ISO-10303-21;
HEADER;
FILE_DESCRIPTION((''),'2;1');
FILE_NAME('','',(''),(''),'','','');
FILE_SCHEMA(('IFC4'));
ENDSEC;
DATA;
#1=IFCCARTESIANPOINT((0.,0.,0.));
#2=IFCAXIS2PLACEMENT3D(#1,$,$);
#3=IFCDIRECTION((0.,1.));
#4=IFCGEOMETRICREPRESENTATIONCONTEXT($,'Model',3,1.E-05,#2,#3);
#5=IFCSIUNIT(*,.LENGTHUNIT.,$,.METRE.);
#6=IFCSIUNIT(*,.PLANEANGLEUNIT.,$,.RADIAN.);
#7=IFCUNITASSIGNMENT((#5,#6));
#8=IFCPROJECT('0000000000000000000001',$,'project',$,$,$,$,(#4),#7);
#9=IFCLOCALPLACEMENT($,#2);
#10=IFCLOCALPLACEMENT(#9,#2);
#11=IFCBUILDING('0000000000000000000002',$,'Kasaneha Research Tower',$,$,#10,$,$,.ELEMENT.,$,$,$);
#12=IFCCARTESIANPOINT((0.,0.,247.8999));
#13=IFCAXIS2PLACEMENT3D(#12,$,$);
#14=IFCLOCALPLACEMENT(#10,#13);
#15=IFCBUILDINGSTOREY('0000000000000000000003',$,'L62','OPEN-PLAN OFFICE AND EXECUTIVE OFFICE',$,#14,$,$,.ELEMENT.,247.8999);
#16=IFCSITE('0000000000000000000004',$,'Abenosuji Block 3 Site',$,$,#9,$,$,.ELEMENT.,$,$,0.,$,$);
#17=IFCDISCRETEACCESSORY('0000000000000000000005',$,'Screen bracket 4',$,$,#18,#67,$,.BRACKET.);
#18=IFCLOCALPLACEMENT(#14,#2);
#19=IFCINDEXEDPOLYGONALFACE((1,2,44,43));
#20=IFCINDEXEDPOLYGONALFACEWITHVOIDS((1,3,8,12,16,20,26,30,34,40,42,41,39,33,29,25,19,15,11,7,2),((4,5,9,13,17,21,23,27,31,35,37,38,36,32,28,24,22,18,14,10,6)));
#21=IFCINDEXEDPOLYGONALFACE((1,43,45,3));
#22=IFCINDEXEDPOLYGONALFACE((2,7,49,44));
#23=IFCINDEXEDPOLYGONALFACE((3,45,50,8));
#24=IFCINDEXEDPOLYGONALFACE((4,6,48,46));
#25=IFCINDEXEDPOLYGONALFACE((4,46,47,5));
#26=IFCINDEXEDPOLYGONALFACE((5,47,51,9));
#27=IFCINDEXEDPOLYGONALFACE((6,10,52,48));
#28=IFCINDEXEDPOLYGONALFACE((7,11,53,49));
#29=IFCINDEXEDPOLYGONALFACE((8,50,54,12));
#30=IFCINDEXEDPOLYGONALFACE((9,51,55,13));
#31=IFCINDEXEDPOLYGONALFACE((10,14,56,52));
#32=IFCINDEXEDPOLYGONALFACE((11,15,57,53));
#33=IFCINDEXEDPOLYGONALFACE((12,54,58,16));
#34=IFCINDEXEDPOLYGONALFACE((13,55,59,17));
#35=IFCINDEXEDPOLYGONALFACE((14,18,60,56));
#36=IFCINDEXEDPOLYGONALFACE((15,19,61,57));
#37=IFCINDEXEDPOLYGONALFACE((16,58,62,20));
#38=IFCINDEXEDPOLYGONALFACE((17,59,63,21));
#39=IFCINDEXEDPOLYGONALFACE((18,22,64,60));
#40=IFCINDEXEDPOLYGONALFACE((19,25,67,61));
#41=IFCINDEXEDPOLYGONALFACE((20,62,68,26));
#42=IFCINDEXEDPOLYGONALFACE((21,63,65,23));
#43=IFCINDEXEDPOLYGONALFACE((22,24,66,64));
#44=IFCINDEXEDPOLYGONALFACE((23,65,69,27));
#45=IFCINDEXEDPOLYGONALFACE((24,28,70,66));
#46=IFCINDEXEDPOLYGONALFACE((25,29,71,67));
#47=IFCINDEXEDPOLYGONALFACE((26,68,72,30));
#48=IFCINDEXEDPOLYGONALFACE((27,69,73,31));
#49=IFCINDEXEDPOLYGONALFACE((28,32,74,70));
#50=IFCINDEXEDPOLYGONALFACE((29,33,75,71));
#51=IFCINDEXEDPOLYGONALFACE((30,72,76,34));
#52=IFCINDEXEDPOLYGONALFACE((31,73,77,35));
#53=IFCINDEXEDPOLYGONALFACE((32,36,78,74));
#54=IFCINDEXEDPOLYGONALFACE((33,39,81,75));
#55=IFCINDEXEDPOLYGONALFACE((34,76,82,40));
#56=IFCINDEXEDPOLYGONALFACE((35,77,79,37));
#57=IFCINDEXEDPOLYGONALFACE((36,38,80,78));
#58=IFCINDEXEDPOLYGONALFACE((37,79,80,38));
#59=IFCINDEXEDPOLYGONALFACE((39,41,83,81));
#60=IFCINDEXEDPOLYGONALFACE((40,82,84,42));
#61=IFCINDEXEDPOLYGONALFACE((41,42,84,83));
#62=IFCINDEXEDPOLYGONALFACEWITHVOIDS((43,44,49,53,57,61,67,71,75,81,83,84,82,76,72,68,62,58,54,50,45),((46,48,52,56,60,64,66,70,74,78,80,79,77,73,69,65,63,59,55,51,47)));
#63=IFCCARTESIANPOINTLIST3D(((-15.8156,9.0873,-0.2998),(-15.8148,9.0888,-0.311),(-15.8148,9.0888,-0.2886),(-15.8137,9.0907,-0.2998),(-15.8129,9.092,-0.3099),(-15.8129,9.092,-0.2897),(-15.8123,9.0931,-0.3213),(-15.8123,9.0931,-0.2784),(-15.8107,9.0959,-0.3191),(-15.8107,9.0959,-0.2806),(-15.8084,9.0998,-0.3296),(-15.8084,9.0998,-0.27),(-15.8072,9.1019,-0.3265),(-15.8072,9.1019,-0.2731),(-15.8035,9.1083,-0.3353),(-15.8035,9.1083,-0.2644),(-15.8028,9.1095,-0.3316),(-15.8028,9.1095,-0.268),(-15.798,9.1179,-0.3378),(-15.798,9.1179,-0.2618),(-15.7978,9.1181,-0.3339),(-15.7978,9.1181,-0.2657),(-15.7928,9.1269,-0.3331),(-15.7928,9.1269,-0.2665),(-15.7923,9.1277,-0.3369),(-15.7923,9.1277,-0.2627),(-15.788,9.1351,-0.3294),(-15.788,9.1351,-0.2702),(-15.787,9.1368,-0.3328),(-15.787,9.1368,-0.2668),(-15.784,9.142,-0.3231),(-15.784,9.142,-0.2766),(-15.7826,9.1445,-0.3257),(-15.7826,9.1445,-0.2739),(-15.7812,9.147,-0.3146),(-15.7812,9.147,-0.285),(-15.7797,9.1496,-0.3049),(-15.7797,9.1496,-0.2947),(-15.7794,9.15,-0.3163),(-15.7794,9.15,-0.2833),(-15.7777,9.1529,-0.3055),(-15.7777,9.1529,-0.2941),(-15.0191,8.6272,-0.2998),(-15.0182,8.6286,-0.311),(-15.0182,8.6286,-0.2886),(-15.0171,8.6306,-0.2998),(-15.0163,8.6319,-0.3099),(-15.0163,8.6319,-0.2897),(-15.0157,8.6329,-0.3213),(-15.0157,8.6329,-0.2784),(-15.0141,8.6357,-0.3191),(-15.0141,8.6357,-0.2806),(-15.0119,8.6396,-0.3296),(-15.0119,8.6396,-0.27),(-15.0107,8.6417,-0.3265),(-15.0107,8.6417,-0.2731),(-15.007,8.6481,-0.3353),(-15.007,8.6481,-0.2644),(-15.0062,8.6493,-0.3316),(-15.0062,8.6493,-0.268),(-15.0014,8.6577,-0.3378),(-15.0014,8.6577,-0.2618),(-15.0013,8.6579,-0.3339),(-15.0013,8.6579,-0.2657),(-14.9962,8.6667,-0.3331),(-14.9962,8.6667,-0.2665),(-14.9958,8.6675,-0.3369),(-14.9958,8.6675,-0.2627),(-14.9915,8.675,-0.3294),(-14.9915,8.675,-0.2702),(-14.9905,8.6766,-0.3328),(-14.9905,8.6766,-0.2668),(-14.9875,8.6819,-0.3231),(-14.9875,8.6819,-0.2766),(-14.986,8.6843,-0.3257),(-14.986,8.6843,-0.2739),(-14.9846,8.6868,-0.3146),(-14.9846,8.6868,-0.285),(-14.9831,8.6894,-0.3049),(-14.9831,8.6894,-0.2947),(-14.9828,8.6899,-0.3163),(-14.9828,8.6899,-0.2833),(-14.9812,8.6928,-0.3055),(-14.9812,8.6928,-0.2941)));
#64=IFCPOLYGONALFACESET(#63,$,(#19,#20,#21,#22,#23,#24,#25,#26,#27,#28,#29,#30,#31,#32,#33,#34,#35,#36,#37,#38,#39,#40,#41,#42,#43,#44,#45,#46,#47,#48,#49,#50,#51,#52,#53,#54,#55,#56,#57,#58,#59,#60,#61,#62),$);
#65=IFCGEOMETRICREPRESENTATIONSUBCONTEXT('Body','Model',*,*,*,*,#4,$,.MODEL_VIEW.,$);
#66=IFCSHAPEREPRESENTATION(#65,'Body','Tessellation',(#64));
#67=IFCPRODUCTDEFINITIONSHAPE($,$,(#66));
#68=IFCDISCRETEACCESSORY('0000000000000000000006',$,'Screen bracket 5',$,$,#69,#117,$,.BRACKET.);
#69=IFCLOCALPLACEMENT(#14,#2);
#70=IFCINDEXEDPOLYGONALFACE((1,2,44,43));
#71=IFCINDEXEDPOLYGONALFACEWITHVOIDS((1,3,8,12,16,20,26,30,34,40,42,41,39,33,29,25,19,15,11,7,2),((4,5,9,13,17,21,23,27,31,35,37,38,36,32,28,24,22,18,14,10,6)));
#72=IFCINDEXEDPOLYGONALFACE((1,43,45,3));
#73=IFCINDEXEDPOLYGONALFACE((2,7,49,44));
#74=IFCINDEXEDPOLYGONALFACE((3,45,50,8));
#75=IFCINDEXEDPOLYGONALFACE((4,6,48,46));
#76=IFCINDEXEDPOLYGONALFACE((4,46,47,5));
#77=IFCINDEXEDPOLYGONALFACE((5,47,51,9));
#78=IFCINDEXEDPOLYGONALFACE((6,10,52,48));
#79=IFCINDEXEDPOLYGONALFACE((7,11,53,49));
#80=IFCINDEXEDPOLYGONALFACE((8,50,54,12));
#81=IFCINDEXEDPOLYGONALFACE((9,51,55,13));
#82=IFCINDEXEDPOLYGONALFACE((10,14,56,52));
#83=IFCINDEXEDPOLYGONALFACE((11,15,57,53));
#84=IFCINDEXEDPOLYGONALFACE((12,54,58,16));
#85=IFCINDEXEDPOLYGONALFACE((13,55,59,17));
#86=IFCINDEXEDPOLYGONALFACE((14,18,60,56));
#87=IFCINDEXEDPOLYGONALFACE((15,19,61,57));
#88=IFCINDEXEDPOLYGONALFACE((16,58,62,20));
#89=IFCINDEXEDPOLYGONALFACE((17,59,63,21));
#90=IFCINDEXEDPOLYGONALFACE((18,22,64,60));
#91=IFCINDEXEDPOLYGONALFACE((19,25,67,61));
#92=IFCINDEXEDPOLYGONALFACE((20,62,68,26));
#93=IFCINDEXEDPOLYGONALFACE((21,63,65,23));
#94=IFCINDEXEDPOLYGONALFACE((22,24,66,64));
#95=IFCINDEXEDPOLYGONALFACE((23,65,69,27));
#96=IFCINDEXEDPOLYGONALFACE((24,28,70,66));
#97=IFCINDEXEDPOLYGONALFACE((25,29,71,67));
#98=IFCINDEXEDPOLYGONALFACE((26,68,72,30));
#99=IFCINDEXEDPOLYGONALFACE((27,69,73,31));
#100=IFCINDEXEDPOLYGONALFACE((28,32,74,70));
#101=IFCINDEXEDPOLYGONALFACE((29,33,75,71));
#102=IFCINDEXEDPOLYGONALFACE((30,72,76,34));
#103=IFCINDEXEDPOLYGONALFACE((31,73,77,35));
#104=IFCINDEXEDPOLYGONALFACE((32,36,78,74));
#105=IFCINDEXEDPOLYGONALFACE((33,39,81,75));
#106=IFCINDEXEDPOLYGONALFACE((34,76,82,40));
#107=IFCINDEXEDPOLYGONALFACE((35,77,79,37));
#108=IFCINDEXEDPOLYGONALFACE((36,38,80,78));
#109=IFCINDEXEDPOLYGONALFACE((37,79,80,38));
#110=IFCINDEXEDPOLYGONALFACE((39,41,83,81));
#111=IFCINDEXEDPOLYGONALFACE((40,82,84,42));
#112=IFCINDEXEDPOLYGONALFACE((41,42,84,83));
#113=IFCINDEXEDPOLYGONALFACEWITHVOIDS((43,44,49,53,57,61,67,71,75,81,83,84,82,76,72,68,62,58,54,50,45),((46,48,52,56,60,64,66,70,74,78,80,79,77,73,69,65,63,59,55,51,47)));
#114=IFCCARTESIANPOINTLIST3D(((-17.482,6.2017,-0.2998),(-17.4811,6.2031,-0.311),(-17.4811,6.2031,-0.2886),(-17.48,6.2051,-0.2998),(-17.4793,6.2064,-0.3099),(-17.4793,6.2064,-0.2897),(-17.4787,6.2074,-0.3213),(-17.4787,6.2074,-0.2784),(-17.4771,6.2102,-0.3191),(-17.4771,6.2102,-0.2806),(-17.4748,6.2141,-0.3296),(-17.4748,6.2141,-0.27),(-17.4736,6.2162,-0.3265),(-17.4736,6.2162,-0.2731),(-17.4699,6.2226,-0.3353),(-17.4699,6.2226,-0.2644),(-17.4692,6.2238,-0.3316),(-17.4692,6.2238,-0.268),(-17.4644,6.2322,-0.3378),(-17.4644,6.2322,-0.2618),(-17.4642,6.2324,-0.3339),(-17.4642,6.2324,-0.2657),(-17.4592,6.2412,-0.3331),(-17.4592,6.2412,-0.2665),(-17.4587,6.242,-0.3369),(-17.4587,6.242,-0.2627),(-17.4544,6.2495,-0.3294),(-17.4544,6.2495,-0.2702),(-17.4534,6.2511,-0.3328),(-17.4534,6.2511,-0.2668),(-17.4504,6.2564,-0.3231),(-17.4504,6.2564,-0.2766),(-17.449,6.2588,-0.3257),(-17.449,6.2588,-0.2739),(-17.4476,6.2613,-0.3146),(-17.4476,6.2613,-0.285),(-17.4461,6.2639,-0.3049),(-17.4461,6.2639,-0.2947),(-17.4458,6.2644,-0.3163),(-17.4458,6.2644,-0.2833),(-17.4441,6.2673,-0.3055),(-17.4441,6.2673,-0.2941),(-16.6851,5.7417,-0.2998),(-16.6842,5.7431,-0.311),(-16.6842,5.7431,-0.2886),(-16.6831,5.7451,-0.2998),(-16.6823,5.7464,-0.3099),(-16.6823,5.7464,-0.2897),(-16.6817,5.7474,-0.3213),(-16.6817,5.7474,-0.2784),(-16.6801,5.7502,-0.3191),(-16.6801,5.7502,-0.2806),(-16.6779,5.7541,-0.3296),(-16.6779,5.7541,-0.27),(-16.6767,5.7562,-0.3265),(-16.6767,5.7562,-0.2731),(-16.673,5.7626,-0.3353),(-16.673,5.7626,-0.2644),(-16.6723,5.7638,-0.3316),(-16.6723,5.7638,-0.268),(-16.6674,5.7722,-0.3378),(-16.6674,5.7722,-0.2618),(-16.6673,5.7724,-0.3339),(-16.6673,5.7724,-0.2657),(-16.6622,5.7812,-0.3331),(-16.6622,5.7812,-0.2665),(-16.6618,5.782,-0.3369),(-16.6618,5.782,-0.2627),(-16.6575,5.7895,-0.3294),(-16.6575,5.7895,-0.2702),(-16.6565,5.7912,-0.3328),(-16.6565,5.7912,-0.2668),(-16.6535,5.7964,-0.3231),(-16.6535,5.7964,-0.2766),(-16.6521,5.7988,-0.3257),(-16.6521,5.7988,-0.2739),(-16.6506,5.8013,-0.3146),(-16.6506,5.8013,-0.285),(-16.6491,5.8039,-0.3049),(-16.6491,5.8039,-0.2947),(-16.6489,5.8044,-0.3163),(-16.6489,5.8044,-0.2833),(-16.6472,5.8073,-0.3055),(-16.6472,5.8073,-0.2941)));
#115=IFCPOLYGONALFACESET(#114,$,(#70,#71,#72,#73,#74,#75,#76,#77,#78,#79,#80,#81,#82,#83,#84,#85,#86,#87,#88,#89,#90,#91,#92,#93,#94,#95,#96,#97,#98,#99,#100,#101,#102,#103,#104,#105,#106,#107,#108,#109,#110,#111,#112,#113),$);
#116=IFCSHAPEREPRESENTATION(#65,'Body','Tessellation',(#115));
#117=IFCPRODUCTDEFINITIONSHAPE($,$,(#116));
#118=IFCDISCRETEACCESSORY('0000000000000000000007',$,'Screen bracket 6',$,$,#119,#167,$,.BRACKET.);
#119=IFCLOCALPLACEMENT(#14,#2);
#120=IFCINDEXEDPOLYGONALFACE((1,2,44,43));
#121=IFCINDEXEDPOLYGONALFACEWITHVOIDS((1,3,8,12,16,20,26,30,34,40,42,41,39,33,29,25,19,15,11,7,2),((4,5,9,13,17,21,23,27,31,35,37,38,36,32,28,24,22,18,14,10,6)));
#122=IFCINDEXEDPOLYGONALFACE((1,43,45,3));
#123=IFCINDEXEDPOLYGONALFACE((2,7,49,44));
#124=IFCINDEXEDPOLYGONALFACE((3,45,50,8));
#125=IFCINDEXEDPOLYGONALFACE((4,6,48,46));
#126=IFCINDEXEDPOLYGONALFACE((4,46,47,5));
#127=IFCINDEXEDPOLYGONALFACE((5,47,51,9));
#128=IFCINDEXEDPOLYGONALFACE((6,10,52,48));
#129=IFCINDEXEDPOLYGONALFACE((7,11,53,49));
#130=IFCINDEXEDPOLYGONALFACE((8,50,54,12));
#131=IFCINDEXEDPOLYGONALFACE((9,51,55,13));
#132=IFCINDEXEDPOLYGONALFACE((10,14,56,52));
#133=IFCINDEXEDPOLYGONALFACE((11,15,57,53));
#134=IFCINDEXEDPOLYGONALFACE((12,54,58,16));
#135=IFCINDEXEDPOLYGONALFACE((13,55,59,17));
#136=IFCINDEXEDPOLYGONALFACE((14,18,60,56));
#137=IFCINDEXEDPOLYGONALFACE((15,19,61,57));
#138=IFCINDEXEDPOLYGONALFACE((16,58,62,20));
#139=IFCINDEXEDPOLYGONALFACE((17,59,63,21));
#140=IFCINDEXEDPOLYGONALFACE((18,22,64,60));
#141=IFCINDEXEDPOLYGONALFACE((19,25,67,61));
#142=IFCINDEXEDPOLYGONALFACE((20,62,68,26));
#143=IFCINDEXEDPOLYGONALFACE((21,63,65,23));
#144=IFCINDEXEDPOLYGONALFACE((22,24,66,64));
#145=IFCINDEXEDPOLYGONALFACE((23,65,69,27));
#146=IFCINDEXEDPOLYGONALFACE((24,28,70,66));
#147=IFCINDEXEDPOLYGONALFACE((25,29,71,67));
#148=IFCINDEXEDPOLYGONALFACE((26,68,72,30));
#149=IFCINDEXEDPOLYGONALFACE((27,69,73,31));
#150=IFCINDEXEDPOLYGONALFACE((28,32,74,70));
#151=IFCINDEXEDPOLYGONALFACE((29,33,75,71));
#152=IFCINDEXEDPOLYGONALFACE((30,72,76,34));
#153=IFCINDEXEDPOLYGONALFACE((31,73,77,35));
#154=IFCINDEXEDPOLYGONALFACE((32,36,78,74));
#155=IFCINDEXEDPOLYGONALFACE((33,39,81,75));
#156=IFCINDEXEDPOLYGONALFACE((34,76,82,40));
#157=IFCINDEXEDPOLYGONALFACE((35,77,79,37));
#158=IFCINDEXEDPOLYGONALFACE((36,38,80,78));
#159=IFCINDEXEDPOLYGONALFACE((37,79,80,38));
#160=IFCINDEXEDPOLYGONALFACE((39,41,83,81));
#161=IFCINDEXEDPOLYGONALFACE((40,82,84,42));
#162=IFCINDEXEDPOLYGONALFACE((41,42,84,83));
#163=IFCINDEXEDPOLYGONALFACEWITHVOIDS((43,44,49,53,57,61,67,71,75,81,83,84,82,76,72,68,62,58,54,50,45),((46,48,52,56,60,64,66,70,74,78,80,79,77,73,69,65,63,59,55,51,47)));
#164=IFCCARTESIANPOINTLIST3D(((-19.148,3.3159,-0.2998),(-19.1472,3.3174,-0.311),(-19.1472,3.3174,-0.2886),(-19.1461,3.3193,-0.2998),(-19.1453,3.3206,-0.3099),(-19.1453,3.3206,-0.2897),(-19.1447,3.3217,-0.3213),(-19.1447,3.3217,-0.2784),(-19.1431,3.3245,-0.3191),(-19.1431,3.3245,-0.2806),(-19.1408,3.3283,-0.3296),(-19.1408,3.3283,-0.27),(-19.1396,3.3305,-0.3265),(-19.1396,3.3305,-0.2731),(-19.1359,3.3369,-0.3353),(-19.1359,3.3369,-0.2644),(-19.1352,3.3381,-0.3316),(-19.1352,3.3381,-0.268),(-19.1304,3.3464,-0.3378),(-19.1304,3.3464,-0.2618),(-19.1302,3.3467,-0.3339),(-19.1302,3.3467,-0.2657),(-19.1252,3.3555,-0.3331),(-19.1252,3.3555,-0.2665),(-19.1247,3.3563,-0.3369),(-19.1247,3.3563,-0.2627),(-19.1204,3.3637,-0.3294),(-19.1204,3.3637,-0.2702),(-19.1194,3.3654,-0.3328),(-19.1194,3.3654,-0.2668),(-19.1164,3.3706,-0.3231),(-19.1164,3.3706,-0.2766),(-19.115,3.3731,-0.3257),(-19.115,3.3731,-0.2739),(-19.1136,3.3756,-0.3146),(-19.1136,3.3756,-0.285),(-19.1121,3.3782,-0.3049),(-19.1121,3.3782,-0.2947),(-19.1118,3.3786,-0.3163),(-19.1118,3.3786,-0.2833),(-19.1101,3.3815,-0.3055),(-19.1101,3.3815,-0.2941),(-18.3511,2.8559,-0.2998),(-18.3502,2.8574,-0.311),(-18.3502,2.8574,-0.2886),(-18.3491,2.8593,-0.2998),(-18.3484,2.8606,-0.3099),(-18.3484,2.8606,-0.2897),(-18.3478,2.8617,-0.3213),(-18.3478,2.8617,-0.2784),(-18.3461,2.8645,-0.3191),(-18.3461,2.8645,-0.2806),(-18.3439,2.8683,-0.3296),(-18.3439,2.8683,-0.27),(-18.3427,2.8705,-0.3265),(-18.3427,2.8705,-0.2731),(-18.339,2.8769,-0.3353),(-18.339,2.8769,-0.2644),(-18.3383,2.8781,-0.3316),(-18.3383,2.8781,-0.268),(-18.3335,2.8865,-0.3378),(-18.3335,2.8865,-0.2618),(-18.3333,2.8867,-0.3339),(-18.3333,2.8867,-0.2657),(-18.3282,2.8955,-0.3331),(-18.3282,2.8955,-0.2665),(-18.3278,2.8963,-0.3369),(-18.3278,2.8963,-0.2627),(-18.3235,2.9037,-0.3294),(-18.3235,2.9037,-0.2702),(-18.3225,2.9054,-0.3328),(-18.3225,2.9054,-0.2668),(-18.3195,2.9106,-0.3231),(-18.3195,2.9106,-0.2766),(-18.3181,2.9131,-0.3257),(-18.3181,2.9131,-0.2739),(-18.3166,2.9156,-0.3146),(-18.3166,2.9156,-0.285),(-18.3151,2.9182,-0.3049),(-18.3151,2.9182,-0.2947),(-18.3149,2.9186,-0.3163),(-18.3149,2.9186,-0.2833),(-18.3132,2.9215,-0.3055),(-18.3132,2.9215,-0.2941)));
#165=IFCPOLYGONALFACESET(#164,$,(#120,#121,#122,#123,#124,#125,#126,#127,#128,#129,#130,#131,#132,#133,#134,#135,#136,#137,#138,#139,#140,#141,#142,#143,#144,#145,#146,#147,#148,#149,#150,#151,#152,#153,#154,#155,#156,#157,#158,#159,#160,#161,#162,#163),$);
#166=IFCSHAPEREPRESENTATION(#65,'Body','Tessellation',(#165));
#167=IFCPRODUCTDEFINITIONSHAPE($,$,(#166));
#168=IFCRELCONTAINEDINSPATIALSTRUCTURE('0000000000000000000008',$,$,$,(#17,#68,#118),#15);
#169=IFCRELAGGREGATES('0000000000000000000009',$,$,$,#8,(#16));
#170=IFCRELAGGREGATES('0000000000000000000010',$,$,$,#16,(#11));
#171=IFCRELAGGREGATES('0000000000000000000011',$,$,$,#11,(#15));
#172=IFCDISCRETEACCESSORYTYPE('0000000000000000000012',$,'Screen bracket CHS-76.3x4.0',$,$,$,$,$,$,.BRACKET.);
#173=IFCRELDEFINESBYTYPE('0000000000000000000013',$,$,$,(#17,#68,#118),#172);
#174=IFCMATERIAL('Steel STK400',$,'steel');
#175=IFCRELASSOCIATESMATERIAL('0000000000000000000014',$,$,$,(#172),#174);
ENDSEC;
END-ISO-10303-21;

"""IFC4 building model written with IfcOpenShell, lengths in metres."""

from ifc_helpers import new_model, si_unit, direction, frame, origin, origin_2d, place, context, subcontext, project, spatial, hollow_circle, extrude, material, material_profile, profile_set, type_object, element, save


model = new_model("IFC4")

# Units and contexts
model_context = context("Model", 3, precision=1e-05, world=origin(), true_north=direction((0.0, 1.0)))
body_context = subcontext(model_context, "Body", "Model", "MODEL_VIEW")
ifc_project = project(units=[si_unit("LENGTHUNIT", "METRE"), si_unit("PLANEANGLEUNIT", "RADIAN")], contexts=[model_context])

# Site, building, storey
site_placement = place(None, origin())
site = spatial("IfcSite", under=ifc_project, at=site_placement, Name="Abenosuji Block 3 Site", CompositionType="ELEMENT", RefElevation=0.0)
building_placement = place(site_placement, origin())
building = spatial("IfcBuilding", under=site, at=building_placement, Name="Kasaneha Research Tower", CompositionType="ELEMENT")
storey_placement = place(building_placement, frame((0.0, 0.0, 247.8999)))
storey = spatial("IfcBuildingStorey", under=building, at=storey_placement, Name="L62", Description="OPEN-PLAN OFFICE AND EXECUTIVE OFFICE", CompositionType="ELEMENT", Elevation=247.8999)

# Discrete accessories
ifc_material_1 = material(Name="Steel STK400", Category="steel")
ifc_material_profile_1 = material_profile(ifc_material_1, hollow_circle(Radius=0.0381, WallThickness=0.0039, at=origin_2d()), Name="CHS-76.3x4.0")
ifc_profile_set_1 = profile_set([ifc_material_profile_1], Name="Steel STK400")
discrete_accessory_type = type_object("IfcDiscreteAccessoryType", Name="Screen bracket CHS-76.3x4.0", PredefinedType="BRACKET", material=ifc_profile_set_1)
discrete_accessory_1_placement = place(storey_placement, frame((-15.0, 8.6602, -0.2998), z_axis=(-0.865898, 0.50022, 0.0), x_axis=(-0.50022, -0.865898, 0.0)))
element("IfcDiscreteAccessory", 1, at=discrete_accessory_1_placement, inside=storey, type_object=discrete_accessory_type, Name="Screen bracket 4", PredefinedType="BRACKET", context=body_context, shape_type="SweptSolid", body=[
    extrude(hollow_circle(Radius=0.0381, WallThickness=0.0039, at=origin_2d()), origin(), (0.0, 0.0, 1.0), 0.9199),
])
for number, where, z_axis, x_axis, name in (
    (2, (-16.666, 5.7747, -0.2998), (-0.86608, 0.499906, 0.0), (-0.499906, -0.86608, 0.0), "Screen bracket 5"),
    (3, (-18.332, 2.8889, -0.2998), (-0.86608, 0.499906, 0.0), (-0.499906, -0.86608, 0.0), "Screen bracket 6"),
):
    element("IfcDiscreteAccessory", number, at=place(storey_placement, frame(where, z_axis=z_axis, x_axis=x_axis)), inside=storey, type_object=discrete_accessory_type, Name=name, PredefinedType="BRACKET", context=body_context, shape_type="SweptSolid", body=[
        extrude(hollow_circle(Radius=0.0381, WallThickness=0.0039, at=origin_2d()), origin(), (0.0, 0.0, 1.0), 0.9202),
    ])

save(model, "model.ifc")
